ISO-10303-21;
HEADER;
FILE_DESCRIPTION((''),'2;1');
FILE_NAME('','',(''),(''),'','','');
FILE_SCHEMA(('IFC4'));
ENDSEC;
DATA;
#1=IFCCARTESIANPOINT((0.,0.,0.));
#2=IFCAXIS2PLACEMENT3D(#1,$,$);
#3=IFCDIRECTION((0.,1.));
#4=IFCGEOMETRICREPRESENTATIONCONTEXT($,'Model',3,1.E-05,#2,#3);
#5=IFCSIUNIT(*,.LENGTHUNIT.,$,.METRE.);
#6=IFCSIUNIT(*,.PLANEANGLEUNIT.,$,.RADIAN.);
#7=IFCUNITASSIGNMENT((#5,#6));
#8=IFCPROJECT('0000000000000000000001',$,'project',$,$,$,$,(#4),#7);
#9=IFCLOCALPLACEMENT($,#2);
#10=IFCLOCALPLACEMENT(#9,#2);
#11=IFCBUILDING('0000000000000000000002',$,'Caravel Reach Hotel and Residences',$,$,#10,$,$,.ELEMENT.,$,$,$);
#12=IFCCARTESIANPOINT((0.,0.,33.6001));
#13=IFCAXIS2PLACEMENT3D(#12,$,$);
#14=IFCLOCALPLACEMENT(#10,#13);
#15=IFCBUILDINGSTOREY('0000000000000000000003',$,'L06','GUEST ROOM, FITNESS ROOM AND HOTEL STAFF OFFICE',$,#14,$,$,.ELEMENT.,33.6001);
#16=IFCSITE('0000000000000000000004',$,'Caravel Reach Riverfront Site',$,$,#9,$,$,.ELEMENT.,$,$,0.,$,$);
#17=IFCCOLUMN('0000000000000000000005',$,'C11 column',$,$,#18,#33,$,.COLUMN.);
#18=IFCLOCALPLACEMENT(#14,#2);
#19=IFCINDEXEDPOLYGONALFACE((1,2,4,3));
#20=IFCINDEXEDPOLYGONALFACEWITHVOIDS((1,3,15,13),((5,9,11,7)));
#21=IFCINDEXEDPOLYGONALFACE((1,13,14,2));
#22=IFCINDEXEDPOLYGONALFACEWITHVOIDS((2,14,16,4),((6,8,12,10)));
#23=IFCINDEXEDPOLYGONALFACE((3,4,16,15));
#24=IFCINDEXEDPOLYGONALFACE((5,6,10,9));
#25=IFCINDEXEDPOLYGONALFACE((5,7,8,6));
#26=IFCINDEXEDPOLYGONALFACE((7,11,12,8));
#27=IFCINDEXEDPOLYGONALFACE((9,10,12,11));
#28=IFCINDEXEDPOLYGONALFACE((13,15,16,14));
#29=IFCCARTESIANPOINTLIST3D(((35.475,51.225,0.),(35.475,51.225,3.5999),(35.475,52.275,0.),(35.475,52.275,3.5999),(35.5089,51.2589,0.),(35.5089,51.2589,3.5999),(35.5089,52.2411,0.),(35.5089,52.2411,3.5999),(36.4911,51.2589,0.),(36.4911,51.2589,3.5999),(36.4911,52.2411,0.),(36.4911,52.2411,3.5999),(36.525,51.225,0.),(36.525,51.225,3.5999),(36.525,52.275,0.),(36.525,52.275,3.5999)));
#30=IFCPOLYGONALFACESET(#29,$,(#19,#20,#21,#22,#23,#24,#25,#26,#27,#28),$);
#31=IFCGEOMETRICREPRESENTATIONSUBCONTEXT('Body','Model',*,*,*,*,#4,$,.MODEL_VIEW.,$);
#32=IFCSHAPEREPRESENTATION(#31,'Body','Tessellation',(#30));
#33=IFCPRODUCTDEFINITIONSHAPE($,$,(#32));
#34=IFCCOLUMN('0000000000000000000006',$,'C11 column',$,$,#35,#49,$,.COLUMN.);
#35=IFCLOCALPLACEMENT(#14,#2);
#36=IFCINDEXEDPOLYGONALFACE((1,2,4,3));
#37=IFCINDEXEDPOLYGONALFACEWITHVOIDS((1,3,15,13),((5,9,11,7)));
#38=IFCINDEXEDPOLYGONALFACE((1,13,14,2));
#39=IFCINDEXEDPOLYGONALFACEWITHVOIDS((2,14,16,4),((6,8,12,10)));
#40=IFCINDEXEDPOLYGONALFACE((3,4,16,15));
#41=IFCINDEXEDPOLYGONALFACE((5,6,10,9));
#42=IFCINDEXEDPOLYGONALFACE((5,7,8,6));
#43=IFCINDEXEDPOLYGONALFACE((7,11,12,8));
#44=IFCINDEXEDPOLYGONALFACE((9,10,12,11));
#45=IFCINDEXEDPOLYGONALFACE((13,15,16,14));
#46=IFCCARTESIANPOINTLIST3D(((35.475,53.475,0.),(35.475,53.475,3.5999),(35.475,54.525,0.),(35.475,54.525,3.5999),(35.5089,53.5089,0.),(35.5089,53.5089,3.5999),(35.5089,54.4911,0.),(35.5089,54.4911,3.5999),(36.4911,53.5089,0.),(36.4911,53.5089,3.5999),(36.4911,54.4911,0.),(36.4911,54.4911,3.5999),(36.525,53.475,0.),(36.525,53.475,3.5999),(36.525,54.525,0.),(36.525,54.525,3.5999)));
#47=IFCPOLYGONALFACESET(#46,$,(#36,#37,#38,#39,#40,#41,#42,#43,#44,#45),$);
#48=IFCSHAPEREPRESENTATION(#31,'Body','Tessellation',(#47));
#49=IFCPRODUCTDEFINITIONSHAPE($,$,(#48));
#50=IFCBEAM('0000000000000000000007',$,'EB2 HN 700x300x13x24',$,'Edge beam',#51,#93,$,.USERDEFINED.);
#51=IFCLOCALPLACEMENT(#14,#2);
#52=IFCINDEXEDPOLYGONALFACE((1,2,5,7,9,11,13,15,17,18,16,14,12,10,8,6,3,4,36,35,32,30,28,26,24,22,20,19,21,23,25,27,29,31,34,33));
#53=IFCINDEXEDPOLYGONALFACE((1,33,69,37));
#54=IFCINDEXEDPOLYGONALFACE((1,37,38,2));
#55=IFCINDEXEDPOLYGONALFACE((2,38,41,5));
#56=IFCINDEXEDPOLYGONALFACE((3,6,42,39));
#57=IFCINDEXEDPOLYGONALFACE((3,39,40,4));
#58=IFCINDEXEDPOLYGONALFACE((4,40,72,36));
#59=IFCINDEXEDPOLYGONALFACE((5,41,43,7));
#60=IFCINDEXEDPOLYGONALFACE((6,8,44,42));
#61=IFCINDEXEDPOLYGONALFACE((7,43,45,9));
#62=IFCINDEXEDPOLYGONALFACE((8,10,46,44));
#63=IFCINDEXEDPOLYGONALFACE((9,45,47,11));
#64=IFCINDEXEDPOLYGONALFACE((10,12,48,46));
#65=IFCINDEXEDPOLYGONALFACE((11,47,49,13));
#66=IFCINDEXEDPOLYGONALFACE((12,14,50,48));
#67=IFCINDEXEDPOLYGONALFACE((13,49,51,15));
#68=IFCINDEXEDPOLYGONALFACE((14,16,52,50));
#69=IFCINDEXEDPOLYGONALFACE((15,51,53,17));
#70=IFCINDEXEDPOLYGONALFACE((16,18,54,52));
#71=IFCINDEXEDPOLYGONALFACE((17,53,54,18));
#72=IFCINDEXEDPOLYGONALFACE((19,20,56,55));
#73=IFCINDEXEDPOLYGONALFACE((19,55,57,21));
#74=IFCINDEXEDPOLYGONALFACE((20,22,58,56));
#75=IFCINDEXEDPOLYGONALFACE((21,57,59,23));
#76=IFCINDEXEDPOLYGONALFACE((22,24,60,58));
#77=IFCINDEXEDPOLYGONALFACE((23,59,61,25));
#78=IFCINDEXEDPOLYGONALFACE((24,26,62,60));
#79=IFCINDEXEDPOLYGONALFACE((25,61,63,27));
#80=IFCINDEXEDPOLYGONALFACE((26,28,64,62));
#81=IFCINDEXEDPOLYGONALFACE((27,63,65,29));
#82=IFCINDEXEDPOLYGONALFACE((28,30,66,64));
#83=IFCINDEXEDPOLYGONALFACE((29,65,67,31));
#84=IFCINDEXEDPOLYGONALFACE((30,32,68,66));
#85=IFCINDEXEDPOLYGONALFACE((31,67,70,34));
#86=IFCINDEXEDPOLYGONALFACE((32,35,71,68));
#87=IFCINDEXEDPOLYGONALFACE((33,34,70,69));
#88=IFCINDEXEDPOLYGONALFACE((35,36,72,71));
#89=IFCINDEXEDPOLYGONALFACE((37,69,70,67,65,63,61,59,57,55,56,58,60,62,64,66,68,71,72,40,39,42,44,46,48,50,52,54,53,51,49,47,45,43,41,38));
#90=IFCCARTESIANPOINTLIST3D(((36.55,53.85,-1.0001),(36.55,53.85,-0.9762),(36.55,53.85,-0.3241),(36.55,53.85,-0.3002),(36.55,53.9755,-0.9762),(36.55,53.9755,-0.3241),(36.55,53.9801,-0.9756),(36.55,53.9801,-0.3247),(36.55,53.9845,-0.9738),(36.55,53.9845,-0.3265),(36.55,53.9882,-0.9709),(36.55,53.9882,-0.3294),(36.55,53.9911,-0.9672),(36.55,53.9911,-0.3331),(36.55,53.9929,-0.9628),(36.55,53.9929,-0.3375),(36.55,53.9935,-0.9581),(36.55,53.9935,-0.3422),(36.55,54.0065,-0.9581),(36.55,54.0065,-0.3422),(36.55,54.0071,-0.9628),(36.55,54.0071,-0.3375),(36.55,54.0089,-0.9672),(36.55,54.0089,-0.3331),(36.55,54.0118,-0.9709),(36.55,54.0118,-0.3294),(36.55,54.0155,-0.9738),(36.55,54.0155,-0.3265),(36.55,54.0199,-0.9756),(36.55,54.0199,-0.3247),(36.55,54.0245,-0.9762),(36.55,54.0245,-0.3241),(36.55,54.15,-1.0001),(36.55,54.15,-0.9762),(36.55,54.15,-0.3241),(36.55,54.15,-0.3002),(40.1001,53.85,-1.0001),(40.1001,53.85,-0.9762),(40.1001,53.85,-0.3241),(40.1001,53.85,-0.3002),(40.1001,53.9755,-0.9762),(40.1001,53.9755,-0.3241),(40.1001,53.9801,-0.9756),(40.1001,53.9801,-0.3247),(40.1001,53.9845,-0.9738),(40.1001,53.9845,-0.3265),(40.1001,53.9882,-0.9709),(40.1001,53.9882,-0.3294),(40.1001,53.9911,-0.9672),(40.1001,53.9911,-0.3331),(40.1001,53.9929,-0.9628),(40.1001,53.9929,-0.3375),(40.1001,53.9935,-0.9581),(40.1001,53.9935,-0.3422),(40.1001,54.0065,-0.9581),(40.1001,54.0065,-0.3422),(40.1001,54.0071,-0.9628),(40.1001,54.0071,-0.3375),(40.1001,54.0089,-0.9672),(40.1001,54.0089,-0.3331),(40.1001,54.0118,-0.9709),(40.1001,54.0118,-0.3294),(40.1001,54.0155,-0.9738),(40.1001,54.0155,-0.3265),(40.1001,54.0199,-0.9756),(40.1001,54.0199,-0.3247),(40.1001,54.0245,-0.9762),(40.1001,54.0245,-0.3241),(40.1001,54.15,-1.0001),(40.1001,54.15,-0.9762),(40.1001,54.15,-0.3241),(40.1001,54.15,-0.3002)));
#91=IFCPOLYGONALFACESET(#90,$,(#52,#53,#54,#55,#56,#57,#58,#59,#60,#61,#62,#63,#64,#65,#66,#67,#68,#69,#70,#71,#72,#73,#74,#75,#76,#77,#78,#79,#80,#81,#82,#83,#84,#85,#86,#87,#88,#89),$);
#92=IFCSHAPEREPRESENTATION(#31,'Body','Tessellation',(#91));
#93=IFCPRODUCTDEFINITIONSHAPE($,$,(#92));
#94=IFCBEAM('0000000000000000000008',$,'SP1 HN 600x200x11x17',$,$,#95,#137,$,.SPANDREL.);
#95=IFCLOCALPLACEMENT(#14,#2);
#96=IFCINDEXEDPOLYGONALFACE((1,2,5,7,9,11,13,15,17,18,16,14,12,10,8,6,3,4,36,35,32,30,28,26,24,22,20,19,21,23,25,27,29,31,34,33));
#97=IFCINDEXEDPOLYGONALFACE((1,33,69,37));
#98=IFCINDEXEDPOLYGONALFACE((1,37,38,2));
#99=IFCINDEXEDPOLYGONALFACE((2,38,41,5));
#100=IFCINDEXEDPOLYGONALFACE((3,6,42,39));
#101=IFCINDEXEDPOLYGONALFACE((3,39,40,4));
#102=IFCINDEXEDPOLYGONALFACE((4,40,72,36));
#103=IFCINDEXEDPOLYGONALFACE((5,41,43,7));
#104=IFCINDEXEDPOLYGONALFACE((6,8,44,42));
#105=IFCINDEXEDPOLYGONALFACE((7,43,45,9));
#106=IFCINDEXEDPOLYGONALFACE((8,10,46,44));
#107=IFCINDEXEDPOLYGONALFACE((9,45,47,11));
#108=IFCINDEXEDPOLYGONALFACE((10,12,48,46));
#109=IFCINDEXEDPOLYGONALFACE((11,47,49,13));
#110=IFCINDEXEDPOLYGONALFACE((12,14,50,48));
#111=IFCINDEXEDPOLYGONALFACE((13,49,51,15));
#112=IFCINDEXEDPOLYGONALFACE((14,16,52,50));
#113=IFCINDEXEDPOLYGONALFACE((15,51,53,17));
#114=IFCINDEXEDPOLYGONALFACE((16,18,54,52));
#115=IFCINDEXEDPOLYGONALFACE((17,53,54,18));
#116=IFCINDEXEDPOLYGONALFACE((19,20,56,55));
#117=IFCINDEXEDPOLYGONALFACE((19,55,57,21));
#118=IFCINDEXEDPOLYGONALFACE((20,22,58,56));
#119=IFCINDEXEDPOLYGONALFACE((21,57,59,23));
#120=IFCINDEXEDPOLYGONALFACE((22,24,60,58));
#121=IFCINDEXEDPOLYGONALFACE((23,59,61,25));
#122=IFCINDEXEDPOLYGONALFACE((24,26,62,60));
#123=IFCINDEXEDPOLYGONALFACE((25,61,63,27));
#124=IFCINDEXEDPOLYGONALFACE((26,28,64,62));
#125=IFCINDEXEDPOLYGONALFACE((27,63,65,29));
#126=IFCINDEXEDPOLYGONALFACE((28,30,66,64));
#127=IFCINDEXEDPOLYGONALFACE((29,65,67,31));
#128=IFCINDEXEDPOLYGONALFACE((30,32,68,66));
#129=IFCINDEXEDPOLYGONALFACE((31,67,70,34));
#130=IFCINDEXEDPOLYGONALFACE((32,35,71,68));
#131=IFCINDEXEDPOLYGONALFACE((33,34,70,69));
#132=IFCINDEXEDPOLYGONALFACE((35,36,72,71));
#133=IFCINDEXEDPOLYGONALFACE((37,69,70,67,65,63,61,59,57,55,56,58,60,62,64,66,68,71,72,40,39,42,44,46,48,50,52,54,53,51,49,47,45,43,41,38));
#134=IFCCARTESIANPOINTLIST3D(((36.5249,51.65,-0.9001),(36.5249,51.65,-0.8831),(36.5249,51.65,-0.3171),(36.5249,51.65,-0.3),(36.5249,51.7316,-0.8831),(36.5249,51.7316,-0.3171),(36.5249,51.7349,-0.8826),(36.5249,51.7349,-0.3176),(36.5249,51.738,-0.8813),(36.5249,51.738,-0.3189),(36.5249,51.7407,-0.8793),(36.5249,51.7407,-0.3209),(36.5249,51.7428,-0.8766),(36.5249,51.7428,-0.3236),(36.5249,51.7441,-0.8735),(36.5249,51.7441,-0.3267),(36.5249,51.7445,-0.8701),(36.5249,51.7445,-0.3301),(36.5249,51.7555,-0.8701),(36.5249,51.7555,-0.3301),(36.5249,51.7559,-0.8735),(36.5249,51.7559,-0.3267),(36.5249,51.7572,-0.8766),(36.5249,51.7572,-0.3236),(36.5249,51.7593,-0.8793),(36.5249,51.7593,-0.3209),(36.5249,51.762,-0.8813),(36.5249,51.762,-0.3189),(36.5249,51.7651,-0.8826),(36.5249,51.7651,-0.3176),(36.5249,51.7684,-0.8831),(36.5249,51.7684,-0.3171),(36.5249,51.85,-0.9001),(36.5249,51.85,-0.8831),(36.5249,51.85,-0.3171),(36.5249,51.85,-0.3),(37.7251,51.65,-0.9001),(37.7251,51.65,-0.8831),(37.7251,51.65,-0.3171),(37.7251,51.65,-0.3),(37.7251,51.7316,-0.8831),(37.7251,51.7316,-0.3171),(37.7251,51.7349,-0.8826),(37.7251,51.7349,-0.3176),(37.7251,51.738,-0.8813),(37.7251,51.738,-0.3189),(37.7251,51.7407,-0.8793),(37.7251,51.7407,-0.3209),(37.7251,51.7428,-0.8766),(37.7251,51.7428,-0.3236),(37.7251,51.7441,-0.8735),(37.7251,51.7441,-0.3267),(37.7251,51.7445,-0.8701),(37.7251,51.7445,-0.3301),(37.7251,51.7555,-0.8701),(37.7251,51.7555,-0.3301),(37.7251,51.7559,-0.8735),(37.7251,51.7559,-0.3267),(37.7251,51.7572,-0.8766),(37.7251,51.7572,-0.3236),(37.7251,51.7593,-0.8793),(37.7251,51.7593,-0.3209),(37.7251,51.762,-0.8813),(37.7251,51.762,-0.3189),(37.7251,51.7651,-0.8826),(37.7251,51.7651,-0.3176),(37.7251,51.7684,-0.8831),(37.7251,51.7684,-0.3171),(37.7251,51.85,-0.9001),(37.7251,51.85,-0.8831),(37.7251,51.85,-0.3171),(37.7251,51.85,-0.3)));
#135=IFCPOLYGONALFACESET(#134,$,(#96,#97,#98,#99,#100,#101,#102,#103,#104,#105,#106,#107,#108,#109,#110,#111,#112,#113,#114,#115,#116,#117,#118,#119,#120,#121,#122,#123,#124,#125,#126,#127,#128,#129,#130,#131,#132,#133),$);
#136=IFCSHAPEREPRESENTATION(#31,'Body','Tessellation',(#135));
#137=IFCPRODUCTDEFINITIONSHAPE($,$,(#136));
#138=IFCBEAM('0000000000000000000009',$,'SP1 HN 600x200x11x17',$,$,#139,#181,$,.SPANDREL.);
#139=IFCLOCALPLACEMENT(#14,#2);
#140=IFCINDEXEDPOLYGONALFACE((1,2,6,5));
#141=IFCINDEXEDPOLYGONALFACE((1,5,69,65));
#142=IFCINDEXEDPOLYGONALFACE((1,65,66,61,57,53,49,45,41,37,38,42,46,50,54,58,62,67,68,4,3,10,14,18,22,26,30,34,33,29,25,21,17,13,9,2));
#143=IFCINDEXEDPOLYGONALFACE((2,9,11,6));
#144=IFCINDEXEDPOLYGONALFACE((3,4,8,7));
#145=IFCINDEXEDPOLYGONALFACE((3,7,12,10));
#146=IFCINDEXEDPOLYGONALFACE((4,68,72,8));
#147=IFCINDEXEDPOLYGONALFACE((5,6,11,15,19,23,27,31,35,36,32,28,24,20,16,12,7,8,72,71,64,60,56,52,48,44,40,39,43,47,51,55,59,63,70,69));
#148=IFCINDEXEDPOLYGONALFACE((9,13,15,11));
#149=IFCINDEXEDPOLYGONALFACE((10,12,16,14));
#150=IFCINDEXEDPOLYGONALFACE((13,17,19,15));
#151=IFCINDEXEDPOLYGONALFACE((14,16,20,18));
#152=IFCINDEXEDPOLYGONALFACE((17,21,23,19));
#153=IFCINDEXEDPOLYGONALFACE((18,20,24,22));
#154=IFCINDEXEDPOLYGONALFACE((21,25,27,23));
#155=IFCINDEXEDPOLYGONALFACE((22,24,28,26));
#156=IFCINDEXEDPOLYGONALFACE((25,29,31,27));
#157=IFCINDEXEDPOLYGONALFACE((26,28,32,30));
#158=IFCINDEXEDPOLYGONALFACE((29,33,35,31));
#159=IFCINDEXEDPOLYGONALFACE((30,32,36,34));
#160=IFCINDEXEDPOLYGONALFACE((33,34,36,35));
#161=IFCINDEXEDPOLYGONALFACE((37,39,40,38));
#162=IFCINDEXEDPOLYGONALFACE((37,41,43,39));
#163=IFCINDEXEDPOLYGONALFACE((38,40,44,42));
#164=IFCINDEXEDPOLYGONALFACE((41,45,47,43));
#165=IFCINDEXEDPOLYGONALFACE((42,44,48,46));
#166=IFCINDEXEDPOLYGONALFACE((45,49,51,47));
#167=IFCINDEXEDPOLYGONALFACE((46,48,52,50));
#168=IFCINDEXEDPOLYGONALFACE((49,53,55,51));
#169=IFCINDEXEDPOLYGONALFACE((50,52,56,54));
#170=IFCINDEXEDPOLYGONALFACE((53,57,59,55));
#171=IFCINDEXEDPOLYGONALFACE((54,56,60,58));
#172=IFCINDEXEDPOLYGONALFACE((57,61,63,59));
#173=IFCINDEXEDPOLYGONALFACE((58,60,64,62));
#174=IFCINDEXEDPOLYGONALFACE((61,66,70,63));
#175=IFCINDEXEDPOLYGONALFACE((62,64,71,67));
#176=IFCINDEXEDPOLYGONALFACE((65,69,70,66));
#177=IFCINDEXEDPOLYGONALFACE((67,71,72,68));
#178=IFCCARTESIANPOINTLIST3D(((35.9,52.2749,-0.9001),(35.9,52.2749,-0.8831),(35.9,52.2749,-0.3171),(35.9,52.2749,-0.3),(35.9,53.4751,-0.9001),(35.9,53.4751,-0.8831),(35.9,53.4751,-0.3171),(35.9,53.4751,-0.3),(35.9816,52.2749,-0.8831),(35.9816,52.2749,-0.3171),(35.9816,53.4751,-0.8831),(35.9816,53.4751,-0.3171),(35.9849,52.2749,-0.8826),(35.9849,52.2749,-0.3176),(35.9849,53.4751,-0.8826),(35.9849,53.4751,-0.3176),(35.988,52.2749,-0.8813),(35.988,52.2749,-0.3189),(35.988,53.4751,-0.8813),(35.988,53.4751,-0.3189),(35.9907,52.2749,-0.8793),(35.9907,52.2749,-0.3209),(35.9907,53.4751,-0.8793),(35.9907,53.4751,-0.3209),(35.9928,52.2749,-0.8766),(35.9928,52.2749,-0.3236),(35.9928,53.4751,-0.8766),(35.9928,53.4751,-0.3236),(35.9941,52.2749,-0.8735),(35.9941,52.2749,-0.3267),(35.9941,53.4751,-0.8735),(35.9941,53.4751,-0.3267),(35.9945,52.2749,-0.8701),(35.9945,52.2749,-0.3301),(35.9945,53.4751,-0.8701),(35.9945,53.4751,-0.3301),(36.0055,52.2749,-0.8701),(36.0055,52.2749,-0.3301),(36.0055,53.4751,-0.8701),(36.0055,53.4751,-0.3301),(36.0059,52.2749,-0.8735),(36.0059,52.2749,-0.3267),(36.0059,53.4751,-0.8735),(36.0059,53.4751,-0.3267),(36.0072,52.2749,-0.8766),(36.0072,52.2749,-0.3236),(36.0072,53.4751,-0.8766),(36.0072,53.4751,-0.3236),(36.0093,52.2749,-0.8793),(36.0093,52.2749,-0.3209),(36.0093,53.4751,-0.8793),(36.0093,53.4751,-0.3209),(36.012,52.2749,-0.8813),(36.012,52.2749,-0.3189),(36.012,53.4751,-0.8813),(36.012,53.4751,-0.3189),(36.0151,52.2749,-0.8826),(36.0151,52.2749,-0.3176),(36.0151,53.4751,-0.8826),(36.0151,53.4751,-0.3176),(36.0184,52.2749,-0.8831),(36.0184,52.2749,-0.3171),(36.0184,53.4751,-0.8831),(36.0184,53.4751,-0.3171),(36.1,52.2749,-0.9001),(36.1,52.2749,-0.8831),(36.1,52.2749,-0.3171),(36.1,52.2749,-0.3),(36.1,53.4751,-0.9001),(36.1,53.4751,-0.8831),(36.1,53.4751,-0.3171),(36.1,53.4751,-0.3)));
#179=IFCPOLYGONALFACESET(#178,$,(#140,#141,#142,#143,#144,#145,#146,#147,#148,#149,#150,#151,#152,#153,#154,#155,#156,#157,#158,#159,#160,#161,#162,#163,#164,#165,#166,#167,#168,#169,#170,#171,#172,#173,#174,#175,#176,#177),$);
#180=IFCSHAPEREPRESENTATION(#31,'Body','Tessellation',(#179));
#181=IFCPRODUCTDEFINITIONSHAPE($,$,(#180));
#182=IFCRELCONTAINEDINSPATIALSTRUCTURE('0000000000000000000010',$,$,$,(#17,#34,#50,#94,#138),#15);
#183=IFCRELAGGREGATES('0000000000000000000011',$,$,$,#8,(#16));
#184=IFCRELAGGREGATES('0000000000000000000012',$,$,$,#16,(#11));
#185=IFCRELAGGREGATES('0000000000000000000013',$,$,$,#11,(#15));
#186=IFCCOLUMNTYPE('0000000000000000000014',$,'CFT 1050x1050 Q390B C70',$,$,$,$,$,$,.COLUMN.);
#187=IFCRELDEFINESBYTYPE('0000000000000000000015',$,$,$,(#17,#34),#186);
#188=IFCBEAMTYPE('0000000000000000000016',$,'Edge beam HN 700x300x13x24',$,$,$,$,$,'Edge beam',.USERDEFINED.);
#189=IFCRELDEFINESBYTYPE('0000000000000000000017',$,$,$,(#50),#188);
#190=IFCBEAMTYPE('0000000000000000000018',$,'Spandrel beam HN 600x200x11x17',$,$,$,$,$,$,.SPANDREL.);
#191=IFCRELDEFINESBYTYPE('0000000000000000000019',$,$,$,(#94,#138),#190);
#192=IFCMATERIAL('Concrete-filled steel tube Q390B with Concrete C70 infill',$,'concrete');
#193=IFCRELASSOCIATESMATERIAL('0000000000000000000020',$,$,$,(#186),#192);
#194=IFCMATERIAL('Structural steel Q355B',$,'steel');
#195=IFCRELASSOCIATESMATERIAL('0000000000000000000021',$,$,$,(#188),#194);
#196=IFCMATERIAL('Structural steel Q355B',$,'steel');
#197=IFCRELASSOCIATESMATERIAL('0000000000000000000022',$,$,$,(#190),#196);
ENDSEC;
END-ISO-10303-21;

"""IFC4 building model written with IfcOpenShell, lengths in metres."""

from ifc_helpers import new_model, si_unit, direction, frame, origin, origin_2d, place, context, subcontext, project, spatial, hollow_rectangle, i_section, extrude, material, material_profile, profile_set, type_object, element, save


model = new_model("IFC4")

# Units and contexts
model_context = context("Model", 3, precision=1e-05, world=origin(), true_north=direction((0.0, 1.0)))
body_context = subcontext(model_context, "Body", "Model", "MODEL_VIEW")
ifc_project = project(units=[si_unit("LENGTHUNIT", "METRE"), si_unit("PLANEANGLEUNIT", "RADIAN")], contexts=[model_context])

# Site, building, storey
site_placement = place(None, origin())
site = spatial("IfcSite", under=ifc_project, at=site_placement, Name="Caravel Reach Riverfront Site", CompositionType="ELEMENT", RefElevation=0.0)
building_placement = place(site_placement, origin())
building = spatial("IfcBuilding", under=site, at=building_placement, Name="Caravel Reach Hotel and Residences", CompositionType="ELEMENT")
storey_placement = place(building_placement, frame((0.0, 0.0, 33.6001)))
storey = spatial("IfcBuildingStorey", under=building, at=storey_placement, Name="L06", Description="GUEST ROOM, FITNESS ROOM AND HOTEL STAFF OFFICE", CompositionType="ELEMENT", Elevation=33.6001)

# Columns
ifc_material_1 = material(Name="Concrete-filled steel tube Q390B with Concrete C70 infill", Category="concrete")
ifc_material_profile_1 = material_profile(ifc_material_1, hollow_rectangle(XDim=1.05, YDim=1.05, WallThickness=0.0339, at=origin_2d()), Name="RHS 1050x1050x34")
ifc_profile_set_1 = profile_set([ifc_material_profile_1], Name="Concrete-filled steel tube Q390B with Concrete C70 infill")
column_type = type_object("IfcColumnType", Name="CFT 1050x1050 Q390B C70", PredefinedType="COLUMN", material=ifc_profile_set_1)
for number, where, z_axis, x_axis, name in (
    (1, (36.0, 51.75, 0.0), (0.0, 0.0, 1.0), (1.0, 0.0, 0.0), "C11 column"),
    (2, (36.0, 54.0, 0.0), (0.0, 0.0, 1.0), (1.0, 0.0, 0.0), "C11 column"),
):
    element("IfcColumn", number, at=place(storey_placement, frame(where, z_axis=z_axis, x_axis=x_axis)), inside=storey, type_object=column_type, Name=name, PredefinedType="COLUMN", context=body_context, shape_type="SweptSolid", body=[
        extrude(hollow_rectangle(XDim=1.05, YDim=1.05, WallThickness=0.0339, at=origin_2d()), origin(), (0.0, 0.0, 1.0), 3.5999),
    ])

# Beams
ifc_material_2 = material(Name="Structural steel Q355B", Category="steel")
ifc_material_profile_2 = material_profile(ifc_material_2, i_section(OverallWidth=0.3, OverallDepth=0.7, WebThickness=0.0129, FlangeThickness=0.0239, FilletRadius=0.0181, at=origin_2d()), Name="HN 700x300x13x24")
ifc_profile_set_2 = profile_set([ifc_material_profile_2], Name="Structural steel Q355B")
beam_type_1 = type_object("IfcBeamType", Name="Edge beam HN 700x300x13x24", ElementType="Edge beam", PredefinedType="USERDEFINED", material=ifc_profile_set_2)
beam_1_placement = place(storey_placement, frame((36.55, 54.0, -0.6501), z_axis=(1.0, 0.0, 0.0), x_axis=(0.0, 1.0, 0.0)))
element("IfcBeam", 3, at=beam_1_placement, inside=storey, type_object=beam_type_1, Name="EB2 HN 700x300x13x24", ObjectType="Edge beam", PredefinedType="USERDEFINED", context=body_context, shape_type="SweptSolid", body=[
    extrude(i_section(OverallWidth=0.3, OverallDepth=0.7, WebThickness=0.0129, FlangeThickness=0.0239, FilletRadius=0.0181, at=origin_2d()), origin(), (0.0, 0.0, 1.0), 3.55),
])
ifc_material_3 = material(Name="Structural steel Q355B", Category="steel")
ifc_material_profile_3 = material_profile(ifc_material_3, i_section(OverallWidth=0.2, OverallDepth=0.6001, WebThickness=0.011, FlangeThickness=0.0171, FilletRadius=0.0129, at=origin_2d()), Name="HN 600x200x11x17")
ifc_profile_set_3 = profile_set([ifc_material_profile_3], Name="Structural steel Q355B")
beam_type_2 = type_object("IfcBeamType", Name="Spandrel beam HN 600x200x11x17", PredefinedType="SPANDREL", material=ifc_profile_set_3)
for number, where, z_axis, x_axis, name in (
    (4, (37.7251, 51.75, -0.6001), (-1.0, 0.0, 0.0), (0.0, -1.0, 0.0), "SP1 HN 600x200x11x17"),
    (5, (36.0, 52.2749, -0.6001), (0.0, 1.0, 0.0), (-1.0, 0.0, 0.0), "SP1 HN 600x200x11x17"),
):
    element("IfcBeam", number, at=place(storey_placement, frame(where, z_axis=z_axis, x_axis=x_axis)), inside=storey, type_object=beam_type_2, Name=name, PredefinedType="SPANDREL", context=body_context, shape_type="SweptSolid", body=[
        extrude(i_section(OverallWidth=0.2, OverallDepth=0.6001, WebThickness=0.011, FlangeThickness=0.0171, FilletRadius=0.0129, at=origin_2d()), origin(), (0.0, 0.0, 1.0), 1.2002),
    ])

save(model, "model.ifc")
